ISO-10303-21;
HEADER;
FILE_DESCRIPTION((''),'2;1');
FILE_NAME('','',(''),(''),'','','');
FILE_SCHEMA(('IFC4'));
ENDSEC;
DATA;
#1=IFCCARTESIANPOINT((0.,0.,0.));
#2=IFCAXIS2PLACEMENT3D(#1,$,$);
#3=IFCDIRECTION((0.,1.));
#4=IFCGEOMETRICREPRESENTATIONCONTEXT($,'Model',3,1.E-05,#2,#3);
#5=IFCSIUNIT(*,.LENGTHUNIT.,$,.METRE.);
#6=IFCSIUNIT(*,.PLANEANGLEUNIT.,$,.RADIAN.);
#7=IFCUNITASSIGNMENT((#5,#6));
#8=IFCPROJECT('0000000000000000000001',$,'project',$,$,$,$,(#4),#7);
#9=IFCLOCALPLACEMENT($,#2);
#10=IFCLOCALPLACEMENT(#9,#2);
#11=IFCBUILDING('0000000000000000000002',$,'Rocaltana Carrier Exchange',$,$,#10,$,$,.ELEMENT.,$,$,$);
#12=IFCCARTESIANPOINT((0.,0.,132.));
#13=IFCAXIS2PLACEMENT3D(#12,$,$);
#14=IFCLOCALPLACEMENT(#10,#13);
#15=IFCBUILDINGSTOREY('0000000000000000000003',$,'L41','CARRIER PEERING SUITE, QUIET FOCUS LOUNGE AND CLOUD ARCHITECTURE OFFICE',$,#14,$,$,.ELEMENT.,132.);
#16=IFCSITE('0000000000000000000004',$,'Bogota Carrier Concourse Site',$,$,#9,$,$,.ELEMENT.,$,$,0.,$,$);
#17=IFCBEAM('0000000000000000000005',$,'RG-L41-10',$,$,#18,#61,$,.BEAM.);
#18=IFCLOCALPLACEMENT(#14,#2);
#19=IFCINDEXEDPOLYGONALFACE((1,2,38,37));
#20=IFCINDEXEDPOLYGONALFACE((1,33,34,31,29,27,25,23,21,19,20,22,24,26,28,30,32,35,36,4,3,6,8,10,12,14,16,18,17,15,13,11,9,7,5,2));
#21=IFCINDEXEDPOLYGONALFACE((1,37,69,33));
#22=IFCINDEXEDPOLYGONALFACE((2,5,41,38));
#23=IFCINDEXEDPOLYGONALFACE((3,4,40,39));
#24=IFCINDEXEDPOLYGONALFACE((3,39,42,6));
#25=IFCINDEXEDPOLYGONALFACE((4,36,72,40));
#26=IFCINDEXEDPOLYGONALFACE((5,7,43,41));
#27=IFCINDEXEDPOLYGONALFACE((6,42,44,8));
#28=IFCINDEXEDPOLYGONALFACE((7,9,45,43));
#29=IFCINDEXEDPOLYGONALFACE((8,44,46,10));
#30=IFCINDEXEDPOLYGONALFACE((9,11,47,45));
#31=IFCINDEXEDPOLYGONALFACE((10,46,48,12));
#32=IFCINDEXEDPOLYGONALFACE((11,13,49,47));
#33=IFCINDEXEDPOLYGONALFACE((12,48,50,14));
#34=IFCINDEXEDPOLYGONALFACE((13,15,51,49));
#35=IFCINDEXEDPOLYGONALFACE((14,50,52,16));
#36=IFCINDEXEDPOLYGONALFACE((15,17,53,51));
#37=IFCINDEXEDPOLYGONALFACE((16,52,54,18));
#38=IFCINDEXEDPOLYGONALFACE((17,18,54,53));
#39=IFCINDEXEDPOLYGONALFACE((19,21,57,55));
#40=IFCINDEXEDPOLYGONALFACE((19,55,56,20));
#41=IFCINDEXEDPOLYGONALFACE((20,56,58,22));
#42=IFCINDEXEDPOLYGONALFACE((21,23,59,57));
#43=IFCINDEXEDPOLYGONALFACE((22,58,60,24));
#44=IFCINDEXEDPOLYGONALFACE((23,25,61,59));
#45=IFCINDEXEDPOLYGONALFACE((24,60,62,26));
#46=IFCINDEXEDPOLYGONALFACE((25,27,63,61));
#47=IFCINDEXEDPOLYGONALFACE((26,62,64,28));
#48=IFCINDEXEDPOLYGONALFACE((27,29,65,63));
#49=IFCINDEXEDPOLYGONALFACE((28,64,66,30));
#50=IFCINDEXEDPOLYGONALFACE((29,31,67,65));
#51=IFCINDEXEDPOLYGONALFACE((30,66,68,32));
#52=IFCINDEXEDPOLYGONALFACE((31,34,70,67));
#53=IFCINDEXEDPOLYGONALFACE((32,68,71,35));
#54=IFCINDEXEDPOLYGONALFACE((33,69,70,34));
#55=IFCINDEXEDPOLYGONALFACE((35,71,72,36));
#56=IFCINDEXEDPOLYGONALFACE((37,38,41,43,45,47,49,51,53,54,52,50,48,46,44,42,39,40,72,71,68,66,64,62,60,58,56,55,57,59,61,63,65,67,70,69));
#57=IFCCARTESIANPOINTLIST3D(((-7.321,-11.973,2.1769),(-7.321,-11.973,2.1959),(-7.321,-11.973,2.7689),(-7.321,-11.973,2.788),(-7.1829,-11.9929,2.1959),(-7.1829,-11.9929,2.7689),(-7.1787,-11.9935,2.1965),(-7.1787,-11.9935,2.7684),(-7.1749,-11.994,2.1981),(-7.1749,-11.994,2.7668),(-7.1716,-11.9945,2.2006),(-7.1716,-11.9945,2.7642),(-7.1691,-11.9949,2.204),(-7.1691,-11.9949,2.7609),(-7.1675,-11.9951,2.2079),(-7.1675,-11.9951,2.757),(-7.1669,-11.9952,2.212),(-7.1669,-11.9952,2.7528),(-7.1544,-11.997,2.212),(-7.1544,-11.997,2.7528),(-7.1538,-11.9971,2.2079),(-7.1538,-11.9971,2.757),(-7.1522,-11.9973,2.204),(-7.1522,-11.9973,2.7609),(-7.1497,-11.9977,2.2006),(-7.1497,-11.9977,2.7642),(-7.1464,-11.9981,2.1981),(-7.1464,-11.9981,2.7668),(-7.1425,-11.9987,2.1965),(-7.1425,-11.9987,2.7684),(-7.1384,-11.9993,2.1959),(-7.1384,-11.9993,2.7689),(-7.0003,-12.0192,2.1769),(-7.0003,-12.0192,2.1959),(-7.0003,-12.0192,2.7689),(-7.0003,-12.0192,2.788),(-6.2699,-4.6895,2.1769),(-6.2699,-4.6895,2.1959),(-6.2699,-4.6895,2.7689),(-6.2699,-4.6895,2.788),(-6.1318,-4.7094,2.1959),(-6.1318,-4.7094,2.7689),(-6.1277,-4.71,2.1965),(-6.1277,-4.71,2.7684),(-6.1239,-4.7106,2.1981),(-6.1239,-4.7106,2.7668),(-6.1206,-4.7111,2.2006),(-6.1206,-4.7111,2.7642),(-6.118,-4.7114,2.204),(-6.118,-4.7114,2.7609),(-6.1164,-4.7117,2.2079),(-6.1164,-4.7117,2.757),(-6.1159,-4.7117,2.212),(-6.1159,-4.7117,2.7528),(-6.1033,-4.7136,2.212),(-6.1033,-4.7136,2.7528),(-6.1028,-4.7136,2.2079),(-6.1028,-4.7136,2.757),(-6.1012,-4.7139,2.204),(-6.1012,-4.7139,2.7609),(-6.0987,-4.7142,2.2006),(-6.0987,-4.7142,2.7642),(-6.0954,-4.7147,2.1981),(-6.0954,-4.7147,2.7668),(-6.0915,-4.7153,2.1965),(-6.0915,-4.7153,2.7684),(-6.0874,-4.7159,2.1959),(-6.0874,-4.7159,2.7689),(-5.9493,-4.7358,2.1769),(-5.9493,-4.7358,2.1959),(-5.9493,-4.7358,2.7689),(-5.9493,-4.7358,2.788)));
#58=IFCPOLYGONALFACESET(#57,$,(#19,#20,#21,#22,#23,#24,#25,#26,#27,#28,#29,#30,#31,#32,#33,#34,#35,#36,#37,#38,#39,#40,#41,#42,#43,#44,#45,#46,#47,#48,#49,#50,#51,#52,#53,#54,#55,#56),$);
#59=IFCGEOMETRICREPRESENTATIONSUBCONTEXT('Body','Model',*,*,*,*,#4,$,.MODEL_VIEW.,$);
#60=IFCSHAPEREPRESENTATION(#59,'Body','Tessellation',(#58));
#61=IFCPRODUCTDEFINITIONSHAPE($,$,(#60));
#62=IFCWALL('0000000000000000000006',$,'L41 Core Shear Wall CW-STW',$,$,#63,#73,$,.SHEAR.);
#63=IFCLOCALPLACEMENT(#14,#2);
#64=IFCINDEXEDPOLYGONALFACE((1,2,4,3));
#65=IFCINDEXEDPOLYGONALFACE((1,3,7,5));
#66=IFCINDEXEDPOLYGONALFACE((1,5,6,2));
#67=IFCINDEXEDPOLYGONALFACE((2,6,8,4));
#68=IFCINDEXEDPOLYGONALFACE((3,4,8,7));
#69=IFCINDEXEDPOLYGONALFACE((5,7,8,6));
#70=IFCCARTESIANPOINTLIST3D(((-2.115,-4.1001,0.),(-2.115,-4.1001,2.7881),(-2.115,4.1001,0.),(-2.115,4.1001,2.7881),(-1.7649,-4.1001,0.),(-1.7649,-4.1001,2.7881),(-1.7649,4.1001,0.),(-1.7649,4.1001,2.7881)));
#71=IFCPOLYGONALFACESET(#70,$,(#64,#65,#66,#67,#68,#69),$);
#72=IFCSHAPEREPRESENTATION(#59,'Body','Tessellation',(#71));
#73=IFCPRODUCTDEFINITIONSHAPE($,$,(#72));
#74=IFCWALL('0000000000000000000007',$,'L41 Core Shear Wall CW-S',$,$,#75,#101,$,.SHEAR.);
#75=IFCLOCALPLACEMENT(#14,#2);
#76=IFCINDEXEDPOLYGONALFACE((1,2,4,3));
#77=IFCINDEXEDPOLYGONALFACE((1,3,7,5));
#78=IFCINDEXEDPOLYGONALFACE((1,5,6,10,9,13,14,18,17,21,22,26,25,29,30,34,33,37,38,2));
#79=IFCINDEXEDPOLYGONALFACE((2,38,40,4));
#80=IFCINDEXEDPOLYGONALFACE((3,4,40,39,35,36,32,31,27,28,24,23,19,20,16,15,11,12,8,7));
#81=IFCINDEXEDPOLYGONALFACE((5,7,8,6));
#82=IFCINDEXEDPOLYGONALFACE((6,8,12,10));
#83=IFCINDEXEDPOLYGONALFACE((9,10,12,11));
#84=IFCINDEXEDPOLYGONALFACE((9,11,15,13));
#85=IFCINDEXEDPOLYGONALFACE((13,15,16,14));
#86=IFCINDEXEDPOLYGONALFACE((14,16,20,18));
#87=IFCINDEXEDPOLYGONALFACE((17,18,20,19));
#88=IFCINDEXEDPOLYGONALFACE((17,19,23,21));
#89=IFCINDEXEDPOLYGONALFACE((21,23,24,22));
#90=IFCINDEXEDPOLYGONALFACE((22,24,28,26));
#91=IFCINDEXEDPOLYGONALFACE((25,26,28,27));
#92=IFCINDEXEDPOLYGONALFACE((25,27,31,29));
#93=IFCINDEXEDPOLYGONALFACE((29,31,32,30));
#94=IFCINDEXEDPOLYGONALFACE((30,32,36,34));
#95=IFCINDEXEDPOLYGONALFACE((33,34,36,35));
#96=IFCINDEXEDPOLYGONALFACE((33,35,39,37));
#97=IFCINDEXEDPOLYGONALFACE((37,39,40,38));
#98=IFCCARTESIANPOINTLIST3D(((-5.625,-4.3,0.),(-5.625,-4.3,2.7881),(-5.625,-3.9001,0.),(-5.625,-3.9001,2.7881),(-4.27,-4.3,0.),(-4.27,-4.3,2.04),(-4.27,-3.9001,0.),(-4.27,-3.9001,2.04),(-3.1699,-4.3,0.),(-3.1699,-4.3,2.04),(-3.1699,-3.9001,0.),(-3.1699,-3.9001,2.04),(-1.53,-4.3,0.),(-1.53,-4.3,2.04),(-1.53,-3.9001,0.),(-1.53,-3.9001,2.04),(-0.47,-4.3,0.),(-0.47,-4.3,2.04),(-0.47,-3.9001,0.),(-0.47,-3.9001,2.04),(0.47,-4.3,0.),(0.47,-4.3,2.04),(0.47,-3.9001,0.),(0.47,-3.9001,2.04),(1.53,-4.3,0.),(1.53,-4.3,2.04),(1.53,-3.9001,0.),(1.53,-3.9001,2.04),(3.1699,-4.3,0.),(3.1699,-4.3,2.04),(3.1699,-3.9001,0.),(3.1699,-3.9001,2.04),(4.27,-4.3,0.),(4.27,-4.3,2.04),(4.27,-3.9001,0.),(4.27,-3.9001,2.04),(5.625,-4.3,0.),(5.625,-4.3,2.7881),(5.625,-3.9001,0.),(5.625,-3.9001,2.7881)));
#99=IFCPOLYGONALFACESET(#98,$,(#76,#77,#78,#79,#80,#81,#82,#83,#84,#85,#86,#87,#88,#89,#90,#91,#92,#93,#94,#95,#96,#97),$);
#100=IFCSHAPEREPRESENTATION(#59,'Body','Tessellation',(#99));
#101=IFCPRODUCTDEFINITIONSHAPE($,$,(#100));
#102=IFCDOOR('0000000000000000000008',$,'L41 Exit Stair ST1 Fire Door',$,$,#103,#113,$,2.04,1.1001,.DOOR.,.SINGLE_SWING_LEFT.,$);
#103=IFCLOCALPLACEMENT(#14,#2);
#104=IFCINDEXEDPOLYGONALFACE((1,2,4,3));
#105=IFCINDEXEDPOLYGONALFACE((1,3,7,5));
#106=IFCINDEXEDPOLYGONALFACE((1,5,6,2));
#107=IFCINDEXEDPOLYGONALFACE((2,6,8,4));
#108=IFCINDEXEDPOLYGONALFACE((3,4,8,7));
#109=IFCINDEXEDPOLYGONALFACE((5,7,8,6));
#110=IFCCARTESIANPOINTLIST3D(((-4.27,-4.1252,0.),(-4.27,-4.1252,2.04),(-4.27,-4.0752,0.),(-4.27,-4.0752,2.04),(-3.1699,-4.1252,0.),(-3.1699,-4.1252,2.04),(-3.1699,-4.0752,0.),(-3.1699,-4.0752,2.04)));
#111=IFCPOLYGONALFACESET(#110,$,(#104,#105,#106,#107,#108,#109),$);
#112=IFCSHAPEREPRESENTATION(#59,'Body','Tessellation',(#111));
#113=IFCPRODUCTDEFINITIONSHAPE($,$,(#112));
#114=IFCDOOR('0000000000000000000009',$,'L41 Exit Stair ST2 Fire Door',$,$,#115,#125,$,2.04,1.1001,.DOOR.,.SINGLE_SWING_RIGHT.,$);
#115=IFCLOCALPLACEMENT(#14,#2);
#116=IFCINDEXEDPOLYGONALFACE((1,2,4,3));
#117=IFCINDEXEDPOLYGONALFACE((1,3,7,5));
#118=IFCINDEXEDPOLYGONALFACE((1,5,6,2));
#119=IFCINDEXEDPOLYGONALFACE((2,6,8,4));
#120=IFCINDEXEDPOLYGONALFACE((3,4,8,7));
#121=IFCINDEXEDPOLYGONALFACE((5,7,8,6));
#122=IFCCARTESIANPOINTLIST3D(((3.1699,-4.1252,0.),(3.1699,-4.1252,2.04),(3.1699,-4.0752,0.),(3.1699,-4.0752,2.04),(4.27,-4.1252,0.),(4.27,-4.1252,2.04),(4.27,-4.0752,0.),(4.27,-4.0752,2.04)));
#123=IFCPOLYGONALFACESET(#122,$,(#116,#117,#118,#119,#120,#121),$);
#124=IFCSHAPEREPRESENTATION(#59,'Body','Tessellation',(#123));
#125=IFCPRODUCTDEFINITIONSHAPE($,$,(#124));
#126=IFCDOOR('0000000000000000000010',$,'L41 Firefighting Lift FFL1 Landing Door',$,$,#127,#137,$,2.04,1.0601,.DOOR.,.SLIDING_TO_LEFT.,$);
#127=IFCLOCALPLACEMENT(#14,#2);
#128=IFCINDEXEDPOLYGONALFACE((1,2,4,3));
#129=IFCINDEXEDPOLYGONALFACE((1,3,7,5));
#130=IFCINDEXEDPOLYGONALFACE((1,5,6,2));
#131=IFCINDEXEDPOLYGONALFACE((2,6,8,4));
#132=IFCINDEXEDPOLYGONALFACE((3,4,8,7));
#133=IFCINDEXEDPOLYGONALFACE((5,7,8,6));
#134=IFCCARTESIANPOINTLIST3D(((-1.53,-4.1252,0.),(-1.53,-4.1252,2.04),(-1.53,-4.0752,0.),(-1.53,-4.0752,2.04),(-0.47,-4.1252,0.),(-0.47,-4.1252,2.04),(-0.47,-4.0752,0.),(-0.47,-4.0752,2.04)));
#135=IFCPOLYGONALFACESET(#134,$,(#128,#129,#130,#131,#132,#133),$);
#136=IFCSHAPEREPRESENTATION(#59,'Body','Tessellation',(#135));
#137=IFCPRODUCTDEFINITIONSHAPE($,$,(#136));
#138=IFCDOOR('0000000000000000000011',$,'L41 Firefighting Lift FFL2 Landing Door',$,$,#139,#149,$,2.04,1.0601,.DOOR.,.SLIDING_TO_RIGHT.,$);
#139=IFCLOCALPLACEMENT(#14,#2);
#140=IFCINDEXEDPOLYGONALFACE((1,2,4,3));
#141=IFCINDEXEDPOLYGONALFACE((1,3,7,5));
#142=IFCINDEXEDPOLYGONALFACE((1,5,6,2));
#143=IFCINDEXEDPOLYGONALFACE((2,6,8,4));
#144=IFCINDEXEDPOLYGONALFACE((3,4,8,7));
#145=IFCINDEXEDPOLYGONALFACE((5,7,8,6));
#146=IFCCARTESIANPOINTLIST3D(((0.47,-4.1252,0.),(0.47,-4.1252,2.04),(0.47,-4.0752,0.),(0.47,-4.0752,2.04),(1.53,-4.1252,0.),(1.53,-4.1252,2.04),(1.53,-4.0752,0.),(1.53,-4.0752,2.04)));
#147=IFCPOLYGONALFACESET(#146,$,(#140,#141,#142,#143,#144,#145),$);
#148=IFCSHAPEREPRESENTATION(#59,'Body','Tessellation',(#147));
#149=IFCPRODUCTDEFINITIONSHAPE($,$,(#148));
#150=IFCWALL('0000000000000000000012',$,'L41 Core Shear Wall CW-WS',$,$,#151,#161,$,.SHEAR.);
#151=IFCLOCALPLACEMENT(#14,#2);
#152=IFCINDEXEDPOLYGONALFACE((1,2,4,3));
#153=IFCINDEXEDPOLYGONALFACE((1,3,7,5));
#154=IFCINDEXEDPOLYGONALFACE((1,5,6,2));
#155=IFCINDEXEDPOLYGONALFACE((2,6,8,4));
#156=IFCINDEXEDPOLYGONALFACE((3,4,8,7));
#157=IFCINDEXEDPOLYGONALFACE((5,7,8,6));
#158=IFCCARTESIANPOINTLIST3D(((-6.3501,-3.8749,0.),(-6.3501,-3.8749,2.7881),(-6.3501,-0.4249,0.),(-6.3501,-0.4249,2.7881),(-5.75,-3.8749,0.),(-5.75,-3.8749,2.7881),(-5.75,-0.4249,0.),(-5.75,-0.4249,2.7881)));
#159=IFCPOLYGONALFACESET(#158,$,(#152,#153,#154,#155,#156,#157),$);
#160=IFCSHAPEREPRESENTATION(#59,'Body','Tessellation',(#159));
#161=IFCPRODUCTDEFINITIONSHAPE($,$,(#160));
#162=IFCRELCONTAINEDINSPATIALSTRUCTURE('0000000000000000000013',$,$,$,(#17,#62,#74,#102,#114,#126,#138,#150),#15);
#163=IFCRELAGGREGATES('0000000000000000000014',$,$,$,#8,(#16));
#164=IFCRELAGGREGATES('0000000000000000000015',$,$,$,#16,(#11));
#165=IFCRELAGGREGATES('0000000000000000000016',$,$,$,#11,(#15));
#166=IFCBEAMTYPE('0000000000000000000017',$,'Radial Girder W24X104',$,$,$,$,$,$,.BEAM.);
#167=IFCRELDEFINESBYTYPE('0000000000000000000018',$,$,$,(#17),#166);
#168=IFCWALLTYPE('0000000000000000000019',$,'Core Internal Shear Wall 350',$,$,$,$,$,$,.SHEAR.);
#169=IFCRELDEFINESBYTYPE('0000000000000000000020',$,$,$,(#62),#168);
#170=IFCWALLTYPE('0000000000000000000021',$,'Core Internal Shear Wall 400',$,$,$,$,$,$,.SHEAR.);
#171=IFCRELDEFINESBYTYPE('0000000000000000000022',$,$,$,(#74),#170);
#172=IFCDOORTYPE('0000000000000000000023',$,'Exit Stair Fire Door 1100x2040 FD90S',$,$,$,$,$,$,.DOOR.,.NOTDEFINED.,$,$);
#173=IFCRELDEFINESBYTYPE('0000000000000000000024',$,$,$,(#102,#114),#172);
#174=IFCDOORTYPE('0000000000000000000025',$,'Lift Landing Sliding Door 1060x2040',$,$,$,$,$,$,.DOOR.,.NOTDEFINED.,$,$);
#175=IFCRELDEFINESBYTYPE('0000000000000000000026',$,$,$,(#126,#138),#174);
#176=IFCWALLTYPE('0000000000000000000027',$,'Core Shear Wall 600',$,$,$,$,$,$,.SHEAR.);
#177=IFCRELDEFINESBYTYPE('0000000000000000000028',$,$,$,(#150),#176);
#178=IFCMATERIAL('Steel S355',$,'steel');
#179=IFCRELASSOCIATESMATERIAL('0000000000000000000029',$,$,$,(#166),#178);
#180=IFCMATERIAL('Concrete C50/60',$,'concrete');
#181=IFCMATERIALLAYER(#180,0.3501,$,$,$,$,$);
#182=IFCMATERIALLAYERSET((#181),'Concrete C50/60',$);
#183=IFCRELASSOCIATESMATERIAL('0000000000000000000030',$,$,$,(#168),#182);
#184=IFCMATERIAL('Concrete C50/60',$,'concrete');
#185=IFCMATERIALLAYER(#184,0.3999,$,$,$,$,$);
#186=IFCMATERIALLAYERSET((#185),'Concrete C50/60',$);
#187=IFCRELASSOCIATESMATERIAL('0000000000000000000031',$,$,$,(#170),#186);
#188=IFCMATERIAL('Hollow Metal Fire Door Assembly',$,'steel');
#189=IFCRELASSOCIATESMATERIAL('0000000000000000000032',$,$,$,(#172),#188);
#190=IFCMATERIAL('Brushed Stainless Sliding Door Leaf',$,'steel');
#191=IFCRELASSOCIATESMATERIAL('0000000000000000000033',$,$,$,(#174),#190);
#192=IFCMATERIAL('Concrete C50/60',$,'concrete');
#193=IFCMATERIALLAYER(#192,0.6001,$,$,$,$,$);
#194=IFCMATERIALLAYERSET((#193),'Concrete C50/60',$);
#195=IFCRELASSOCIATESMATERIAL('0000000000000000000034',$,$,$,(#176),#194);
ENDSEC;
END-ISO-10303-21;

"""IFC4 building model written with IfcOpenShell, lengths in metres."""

from ifc_helpers import new_model, si_unit, direction, frame, frame_2d, origin, origin_2d, place, context, subcontext, project, spatial, rectangle, i_section, extrude, material, layer, layer_set, material_profile, profile_set, type_object, element, fill, save


model = new_model("IFC4")

# Units and contexts
model_context = context("Model", 3, precision=1e-05, world=origin(), true_north=direction((0.0, 1.0)))
body_context = subcontext(model_context, "Body", "Model", "MODEL_VIEW")
ifc_project = project(units=[si_unit("LENGTHUNIT", "METRE"), si_unit("PLANEANGLEUNIT", "RADIAN")], contexts=[model_context])

# Site, building, storey
site_placement = place(None, origin())
site = spatial("IfcSite", under=ifc_project, at=site_placement, Name="Bogota Carrier Concourse Site", CompositionType="ELEMENT", RefElevation=0.0)
building_placement = place(site_placement, origin())
building = spatial("IfcBuilding", under=site, at=building_placement, Name="Rocaltana Carrier Exchange", CompositionType="ELEMENT")
storey_placement = place(building_placement, frame((0.0, 0.0, 132.0)))
storey = spatial("IfcBuildingStorey", under=building, at=storey_placement, Name="L41", Description="CARRIER PEERING SUITE, QUIET FOCUS LOUNGE AND CLOUD ARCHITECTURE OFFICE", CompositionType="ELEMENT", Elevation=132.0)

# Beam
ifc_material_1 = material(Name="Steel S355", Category="steel")
ifc_material_profile_1 = material_profile(ifc_material_1, i_section(OverallWidth=0.324, OverallDepth=0.6111, WebThickness=0.0127, FlangeThickness=0.019, FilletRadius=0.0161, at=origin_2d()), Name="W24X104")
ifc_profile_set_1 = profile_set([ifc_material_profile_1], Name="Steel S355")
beam_type = type_object("IfcBeamType", Name="Radial Girder W24X104", PredefinedType="BEAM", material=ifc_profile_set_1)
beam_1_placement = place(storey_placement, frame((-6.1096, -4.7126, 2.4824), z_axis=(-0.142824, -0.989748, 0.0), x_axis=(0.989748, -0.142824, 0.0)))
element("IfcBeam", 1, at=beam_1_placement, inside=storey, type_object=beam_type, Name="RG-L41-10", PredefinedType="BEAM", context=body_context, shape_type="SweptSolid", body=[
    extrude(i_section(OverallWidth=0.324, OverallDepth=0.6111, WebThickness=0.0127, FlangeThickness=0.019, FilletRadius=0.0161, at=origin_2d()), origin(), (0.0, 0.0, 1.0), 7.3589),
])

# Wall
ifc_material_2 = material(Name="Concrete C50/60", Category="concrete")
ifc_layer_1 = layer(ifc_material_2, 0.3501)
ifc_layer_set_1 = layer_set([ifc_layer_1], Name="Concrete C50/60")
wall_type_1 = type_object("IfcWallType", Name="Core Internal Shear Wall 350", PredefinedType="SHEAR", material=ifc_layer_set_1)
wall_1_placement = place(storey_placement, frame((-1.9399, -4.1001, 0.0), z_axis=(0.0, 0.0, 1.0), x_axis=(0.0, 1.0, 0.0)))
element("IfcWall", 2, at=wall_1_placement, inside=storey, type_object=wall_type_1, Name="L41 Core Shear Wall CW-STW", PredefinedType="SHEAR", context=body_context, shape_type="SweptSolid", body=[
    extrude(rectangle(XDim=8.2002, YDim=0.3501, at=frame_2d((4.1001, 0.0))), origin(), (0.0, 0.0, 1.0), 2.7881),
])

# Wall, openings, doors
ifc_material_3 = material(Name="Concrete C50/60", Category="concrete")
ifc_layer_2 = layer(ifc_material_3, 0.3999)
ifc_layer_set_2 = layer_set([ifc_layer_2], Name="Concrete C50/60")
wall_type_2 = type_object("IfcWallType", Name="Core Internal Shear Wall 400", PredefinedType="SHEAR", material=ifc_layer_set_2)
wall_2_placement = place(storey_placement, frame((-5.625, -4.1001, 0.0), z_axis=(0.0, 0.0, 1.0), x_axis=(1.0, 0.0, 0.0)))
wall_2 = element("IfcWall", 3, at=wall_2_placement, inside=storey, type_object=wall_type_2, Name="L41 Core Shear Wall CW-S", PredefinedType="SHEAR", context=body_context, shape_type="SweptSolid", body=[
    extrude(rectangle(XDim=11.25, YDim=0.3999, at=frame_2d((5.625, 0.0))), origin(), (0.0, 0.0, 1.0), 2.7881),
])
opening_1_placement = place(wall_2_placement, frame((1.355, 0.0, 0.0)))
opening_1 = element("IfcOpeningElement", 4, at=opening_1_placement, cuts=wall_2, PredefinedType="OPENING", context=body_context, shape_type="SweptSolid", body=[
    extrude(rectangle(XDim=1.1001, YDim=2.04, at=frame_2d((0.55, 1.02))), frame((0.0, 0.21, 0.0), z_axis=(0.0, -1.0, 0.0), x_axis=(1.0, 0.0, 0.0)), (0.0, 0.0, 1.0), 0.4199),
])
opening_2_placement = place(wall_2_placement, frame((8.7949, 0.0, 0.0)))
opening_2 = element("IfcOpeningElement", 5, at=opening_2_placement, cuts=wall_2, PredefinedType="OPENING", context=body_context, shape_type="SweptSolid", body=[
    extrude(rectangle(XDim=1.1001, YDim=2.04, at=frame_2d((0.55, 1.02))), frame((0.0, 0.21, 0.0), z_axis=(0.0, -1.0, 0.0), x_axis=(1.0, 0.0, 0.0)), (0.0, 0.0, 1.0), 0.4199),
])
opening_3_placement = place(wall_2_placement, frame((4.095, 0.0, 0.0)))
opening_3 = element("IfcOpeningElement", 6, at=opening_3_placement, cuts=wall_2, PredefinedType="OPENING", context=body_context, shape_type="SweptSolid", body=[
    extrude(rectangle(XDim=1.0601, YDim=2.04, at=frame_2d((0.53, 1.02))), frame((0.0, 0.21, 0.0), z_axis=(0.0, -1.0, 0.0), x_axis=(1.0, 0.0, 0.0)), (0.0, 0.0, 1.0), 0.4199),
])
opening_4_placement = place(wall_2_placement, frame((6.095, 0.0, 0.0)))
opening_4 = element("IfcOpeningElement", 7, at=opening_4_placement, cuts=wall_2, PredefinedType="OPENING", context=body_context, shape_type="SweptSolid", body=[
    extrude(rectangle(XDim=1.0601, YDim=2.04, at=frame_2d((0.53, 1.02))), frame((0.0, 0.21, 0.0), z_axis=(0.0, -1.0, 0.0), x_axis=(1.0, 0.0, 0.0)), (0.0, 0.0, 1.0), 0.4199),
])
ifc_material_4 = material(Name="Hollow Metal Fire Door Assembly", Category="steel")
door_type_1 = type_object("IfcDoorType", Name="Exit Stair Fire Door 1100x2040 FD90S", OperationType="NOTDEFINED", PredefinedType="DOOR", material=ifc_material_4)
door_1_placement = place(opening_1_placement, origin())
door_1 = element("IfcDoor", 8, at=door_1_placement, inside=storey, type_object=door_type_1, Name="L41 Exit Stair ST1 Fire Door", OperationType="SINGLE_SWING_LEFT", OverallHeight=2.04, OverallWidth=1.1001, PredefinedType="DOOR", context=body_context, shape_type="SweptSolid", body=[
    extrude(rectangle(XDim=1.1001, YDim=2.04, at=frame_2d((0.55, 1.02))), frame((0.0, 0.0249, 0.0), z_axis=(0.0, -1.0, 0.0), x_axis=(1.0, 0.0, 0.0)), (0.0, 0.0, 1.0), 0.05),
])
fill(opening_1, door_1)
door_2_placement = place(opening_2_placement, origin())
door_2 = element("IfcDoor", 9, at=door_2_placement, inside=storey, type_object=door_type_1, Name="L41 Exit Stair ST2 Fire Door", OperationType="SINGLE_SWING_RIGHT", OverallHeight=2.04, OverallWidth=1.1001, PredefinedType="DOOR", context=body_context, shape_type="SweptSolid", body=[
    extrude(rectangle(XDim=1.1001, YDim=2.04, at=frame_2d((0.55, 1.02))), frame((0.0, 0.0249, 0.0), z_axis=(0.0, -1.0, 0.0), x_axis=(1.0, 0.0, 0.0)), (0.0, 0.0, 1.0), 0.05),
])
fill(opening_2, door_2)
ifc_material_5 = material(Name="Brushed Stainless Sliding Door Leaf", Category="steel")
door_type_2 = type_object("IfcDoorType", Name="Lift Landing Sliding Door 1060x2040", OperationType="NOTDEFINED", PredefinedType="DOOR", material=ifc_material_5)
door_3_placement = place(opening_3_placement, origin())
door_3 = element("IfcDoor", 10, at=door_3_placement, inside=storey, type_object=door_type_2, Name="L41 Firefighting Lift FFL1 Landing Door", OperationType="SLIDING_TO_LEFT", OverallHeight=2.04, OverallWidth=1.0601, PredefinedType="DOOR", context=body_context, shape_type="SweptSolid", body=[
    extrude(rectangle(XDim=1.0601, YDim=2.04, at=frame_2d((0.53, 1.02))), frame((0.0, 0.0249, 0.0), z_axis=(0.0, -1.0, 0.0), x_axis=(1.0, 0.0, 0.0)), (0.0, 0.0, 1.0), 0.05),
])
fill(opening_3, door_3)
door_4_placement = place(opening_4_placement, origin())
door_4 = element("IfcDoor", 11, at=door_4_placement, inside=storey, type_object=door_type_2, Name="L41 Firefighting Lift FFL2 Landing Door", OperationType="SLIDING_TO_RIGHT", OverallHeight=2.04, OverallWidth=1.0601, PredefinedType="DOOR", context=body_context, shape_type="SweptSolid", body=[
    extrude(rectangle(XDim=1.0601, YDim=2.04, at=frame_2d((0.53, 1.02))), frame((0.0, 0.0249, 0.0), z_axis=(0.0, -1.0, 0.0), x_axis=(1.0, 0.0, 0.0)), (0.0, 0.0, 1.0), 0.05),
])
fill(opening_4, door_4)

# Wall
ifc_material_6 = material(Name="Concrete C50/60", Category="concrete")
ifc_layer_3 = layer(ifc_material_6, 0.6001)
ifc_layer_set_3 = layer_set([ifc_layer_3], Name="Concrete C50/60")
wall_type_3 = type_object("IfcWallType", Name="Core Shear Wall 600", PredefinedType="SHEAR", material=ifc_layer_set_3)
wall_3_placement = place(storey_placement, frame((-6.05, -3.875, 0.0), z_axis=(0.0, 0.0, 1.0), x_axis=(0.0, 1.0, 0.0)))
element("IfcWall", 12, at=wall_3_placement, inside=storey, type_object=wall_type_3, Name="L41 Core Shear Wall CW-WS", PredefinedType="SHEAR", context=body_context, shape_type="SweptSolid", body=[
    extrude(rectangle(XDim=3.45, YDim=0.6001, at=frame_2d((1.7251, 0.0))), origin(), (0.0, 0.0, 1.0), 2.7881),
])

save(model, "model.ifc")
